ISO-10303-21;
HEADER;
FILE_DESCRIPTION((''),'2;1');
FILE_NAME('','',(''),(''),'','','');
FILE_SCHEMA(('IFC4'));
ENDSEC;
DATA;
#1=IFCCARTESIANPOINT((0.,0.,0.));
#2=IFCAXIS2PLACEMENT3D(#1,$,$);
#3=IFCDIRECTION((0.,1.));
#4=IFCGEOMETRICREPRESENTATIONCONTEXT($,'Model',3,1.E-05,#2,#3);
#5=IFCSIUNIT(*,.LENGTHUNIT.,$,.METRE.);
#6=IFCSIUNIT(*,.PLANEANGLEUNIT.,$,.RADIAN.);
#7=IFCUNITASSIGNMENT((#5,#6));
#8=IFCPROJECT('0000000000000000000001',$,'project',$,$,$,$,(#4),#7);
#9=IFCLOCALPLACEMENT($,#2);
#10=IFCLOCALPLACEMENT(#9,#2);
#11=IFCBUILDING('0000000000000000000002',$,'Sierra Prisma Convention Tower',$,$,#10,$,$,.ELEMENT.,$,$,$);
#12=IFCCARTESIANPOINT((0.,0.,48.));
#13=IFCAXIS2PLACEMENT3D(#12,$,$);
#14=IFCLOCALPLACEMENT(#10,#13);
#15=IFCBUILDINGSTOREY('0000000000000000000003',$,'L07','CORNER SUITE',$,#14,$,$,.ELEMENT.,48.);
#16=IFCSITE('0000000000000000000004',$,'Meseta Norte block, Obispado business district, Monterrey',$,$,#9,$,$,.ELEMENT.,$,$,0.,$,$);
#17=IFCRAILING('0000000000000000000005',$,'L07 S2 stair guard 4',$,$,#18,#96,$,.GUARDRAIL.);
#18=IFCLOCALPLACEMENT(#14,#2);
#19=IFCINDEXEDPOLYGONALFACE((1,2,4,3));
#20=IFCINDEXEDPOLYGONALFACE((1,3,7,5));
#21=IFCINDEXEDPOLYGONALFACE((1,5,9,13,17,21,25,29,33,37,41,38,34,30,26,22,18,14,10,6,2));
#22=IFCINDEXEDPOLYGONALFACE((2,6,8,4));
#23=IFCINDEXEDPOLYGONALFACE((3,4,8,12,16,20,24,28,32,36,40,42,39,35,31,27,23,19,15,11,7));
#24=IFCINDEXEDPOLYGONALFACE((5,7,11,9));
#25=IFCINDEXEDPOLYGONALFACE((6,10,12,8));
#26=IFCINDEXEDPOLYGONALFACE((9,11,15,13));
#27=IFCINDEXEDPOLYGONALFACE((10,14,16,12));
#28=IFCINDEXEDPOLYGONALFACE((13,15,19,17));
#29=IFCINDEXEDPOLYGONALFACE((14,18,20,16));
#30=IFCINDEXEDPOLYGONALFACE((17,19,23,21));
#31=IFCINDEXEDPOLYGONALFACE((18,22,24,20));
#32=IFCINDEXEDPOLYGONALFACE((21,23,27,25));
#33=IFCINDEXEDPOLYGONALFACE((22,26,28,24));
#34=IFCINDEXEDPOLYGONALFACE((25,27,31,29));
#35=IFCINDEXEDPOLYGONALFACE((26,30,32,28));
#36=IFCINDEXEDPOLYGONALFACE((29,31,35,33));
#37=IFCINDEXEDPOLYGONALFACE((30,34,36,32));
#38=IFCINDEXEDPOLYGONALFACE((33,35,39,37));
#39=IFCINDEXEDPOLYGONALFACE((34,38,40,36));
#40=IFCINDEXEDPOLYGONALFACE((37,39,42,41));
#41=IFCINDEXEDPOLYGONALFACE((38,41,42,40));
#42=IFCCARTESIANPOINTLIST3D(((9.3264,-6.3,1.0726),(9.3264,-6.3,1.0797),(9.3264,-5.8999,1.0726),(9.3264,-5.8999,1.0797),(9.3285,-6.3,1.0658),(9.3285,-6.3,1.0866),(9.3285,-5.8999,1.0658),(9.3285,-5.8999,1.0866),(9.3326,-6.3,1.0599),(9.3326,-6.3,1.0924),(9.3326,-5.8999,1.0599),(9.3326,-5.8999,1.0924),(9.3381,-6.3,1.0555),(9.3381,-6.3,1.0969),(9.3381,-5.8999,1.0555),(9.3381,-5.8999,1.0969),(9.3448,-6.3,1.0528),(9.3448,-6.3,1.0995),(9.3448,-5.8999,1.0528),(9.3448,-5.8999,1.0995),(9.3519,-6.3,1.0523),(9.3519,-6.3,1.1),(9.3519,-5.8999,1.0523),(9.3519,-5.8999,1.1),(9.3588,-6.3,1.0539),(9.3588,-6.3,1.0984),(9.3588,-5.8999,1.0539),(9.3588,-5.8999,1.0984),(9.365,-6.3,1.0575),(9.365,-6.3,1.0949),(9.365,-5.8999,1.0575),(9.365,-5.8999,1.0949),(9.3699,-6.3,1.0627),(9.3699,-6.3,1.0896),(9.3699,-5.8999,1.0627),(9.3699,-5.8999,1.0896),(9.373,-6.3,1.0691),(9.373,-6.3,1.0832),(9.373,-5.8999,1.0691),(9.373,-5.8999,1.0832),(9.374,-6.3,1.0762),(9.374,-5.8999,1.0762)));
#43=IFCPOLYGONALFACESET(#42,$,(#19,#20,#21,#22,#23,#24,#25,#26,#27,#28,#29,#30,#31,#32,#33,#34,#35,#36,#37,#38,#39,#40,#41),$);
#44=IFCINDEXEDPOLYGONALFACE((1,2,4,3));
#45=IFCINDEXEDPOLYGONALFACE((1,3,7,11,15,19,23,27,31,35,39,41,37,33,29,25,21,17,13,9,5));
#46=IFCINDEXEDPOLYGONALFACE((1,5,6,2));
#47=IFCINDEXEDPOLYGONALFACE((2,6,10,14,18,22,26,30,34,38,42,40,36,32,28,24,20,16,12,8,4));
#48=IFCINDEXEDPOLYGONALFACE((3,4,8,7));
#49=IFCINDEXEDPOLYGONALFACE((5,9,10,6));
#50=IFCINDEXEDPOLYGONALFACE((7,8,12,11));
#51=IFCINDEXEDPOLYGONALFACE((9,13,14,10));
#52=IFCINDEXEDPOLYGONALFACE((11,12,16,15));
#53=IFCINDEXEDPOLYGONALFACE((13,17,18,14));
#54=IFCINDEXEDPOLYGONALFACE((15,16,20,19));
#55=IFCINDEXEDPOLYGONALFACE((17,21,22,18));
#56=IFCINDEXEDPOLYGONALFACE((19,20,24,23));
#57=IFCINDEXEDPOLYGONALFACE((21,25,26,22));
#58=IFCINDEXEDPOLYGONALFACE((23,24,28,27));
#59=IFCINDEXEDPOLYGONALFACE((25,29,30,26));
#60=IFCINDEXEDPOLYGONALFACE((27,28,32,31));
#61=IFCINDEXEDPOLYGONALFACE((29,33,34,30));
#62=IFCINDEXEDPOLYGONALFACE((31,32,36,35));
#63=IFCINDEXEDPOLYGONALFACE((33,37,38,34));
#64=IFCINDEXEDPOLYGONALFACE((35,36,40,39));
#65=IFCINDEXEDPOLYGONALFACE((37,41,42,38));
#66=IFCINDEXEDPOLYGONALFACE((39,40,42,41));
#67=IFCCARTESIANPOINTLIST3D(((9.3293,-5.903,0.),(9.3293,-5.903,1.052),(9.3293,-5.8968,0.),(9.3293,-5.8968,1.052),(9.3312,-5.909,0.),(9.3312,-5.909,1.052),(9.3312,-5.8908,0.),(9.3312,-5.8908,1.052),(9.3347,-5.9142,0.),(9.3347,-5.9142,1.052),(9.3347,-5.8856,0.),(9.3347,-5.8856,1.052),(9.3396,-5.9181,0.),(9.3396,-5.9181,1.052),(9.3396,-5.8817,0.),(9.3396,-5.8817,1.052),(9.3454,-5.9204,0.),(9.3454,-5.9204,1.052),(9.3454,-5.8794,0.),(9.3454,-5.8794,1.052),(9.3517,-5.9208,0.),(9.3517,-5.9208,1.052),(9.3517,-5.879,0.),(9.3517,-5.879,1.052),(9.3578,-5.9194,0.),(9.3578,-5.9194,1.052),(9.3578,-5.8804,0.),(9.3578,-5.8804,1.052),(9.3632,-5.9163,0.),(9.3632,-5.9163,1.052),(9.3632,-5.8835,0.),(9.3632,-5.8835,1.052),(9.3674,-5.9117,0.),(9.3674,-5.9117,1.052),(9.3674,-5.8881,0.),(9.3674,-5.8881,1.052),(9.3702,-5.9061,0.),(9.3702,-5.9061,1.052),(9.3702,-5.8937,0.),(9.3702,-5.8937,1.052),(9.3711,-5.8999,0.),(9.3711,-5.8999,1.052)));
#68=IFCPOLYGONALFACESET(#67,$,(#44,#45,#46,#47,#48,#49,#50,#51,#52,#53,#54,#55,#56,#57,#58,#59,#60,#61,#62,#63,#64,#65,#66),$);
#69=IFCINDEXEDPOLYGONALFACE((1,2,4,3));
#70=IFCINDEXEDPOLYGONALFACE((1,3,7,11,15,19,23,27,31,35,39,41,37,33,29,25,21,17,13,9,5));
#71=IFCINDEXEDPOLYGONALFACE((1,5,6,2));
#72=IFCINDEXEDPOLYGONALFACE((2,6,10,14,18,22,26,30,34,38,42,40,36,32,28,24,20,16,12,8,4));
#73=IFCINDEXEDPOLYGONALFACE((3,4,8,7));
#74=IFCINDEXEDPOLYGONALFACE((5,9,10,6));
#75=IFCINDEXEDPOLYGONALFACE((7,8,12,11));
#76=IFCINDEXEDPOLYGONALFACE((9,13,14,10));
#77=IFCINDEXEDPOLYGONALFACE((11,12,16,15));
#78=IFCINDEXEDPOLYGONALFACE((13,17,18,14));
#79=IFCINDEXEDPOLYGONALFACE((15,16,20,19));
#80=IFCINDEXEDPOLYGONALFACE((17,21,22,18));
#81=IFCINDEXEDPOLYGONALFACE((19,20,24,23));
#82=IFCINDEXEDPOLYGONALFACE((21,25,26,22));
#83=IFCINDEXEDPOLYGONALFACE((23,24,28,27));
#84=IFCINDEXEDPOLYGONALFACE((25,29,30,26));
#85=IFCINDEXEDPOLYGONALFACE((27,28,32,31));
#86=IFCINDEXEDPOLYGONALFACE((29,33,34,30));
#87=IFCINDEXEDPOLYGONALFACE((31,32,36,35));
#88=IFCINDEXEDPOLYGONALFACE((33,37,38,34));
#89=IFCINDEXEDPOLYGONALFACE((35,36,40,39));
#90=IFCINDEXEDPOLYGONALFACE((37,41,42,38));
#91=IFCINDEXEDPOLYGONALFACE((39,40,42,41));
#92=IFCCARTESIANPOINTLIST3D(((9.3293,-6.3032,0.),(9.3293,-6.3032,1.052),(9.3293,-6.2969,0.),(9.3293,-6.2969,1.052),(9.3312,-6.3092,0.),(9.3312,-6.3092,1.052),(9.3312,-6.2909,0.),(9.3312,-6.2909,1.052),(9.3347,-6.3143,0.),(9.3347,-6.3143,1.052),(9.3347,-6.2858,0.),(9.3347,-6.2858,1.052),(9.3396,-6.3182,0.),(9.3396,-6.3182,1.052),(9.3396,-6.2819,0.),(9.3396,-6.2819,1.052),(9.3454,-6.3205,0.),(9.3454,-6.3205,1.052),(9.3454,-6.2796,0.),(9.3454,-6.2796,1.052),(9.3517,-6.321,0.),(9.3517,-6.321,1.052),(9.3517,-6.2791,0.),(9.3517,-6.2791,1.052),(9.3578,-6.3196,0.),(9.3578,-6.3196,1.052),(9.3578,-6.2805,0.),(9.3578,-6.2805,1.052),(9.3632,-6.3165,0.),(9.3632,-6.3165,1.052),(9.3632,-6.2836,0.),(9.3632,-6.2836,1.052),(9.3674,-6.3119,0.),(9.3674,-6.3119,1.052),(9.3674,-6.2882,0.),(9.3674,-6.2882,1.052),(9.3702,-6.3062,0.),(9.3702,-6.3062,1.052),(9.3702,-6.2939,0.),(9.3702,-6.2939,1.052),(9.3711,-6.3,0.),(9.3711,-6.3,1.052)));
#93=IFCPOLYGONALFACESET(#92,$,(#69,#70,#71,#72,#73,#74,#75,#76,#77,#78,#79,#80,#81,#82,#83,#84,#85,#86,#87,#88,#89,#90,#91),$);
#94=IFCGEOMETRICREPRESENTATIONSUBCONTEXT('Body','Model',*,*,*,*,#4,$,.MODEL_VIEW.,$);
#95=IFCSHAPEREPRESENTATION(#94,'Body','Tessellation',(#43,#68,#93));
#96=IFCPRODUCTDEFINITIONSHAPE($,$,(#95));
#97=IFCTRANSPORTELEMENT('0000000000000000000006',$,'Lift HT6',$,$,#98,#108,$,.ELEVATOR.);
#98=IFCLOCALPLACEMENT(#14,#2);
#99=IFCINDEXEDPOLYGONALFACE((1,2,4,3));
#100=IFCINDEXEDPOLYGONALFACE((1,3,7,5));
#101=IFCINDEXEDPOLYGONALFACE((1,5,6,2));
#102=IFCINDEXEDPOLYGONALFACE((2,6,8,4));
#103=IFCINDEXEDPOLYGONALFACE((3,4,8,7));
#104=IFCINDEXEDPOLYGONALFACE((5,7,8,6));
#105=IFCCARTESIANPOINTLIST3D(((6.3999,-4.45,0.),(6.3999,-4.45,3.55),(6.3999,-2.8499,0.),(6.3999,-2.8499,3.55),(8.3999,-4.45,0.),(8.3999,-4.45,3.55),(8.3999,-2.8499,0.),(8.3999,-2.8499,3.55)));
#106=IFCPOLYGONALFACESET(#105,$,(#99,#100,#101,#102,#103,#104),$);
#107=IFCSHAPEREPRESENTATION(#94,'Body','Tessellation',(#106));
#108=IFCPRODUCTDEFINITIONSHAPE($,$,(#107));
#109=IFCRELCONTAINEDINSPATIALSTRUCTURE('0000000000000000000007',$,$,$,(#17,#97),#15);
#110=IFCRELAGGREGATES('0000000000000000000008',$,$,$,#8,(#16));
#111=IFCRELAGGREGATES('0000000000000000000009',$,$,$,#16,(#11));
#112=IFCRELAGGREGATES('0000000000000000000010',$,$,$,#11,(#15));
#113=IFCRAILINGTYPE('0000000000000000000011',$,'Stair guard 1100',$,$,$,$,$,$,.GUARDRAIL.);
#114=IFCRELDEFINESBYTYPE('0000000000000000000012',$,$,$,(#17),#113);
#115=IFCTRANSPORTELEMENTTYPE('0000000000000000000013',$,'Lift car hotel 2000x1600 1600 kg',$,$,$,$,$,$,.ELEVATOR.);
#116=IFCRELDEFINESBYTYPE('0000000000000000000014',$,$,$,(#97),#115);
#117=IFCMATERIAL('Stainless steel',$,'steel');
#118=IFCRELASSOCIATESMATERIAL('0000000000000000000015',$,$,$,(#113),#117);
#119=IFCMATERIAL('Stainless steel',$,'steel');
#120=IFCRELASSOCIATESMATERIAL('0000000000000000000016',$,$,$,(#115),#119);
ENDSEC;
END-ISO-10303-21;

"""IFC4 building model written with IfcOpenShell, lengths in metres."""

from ifc_helpers import new_model, si_unit, direction, frame, origin, origin_2d, place, context, subcontext, project, spatial, rectangle, circle, extrude, material, type_object, element, save


model = new_model("IFC4")

# Units and contexts
model_context = context("Model", 3, precision=1e-05, world=origin(), true_north=direction((0.0, 1.0)))
body_context = subcontext(model_context, "Body", "Model", "MODEL_VIEW")
ifc_project = project(units=[si_unit("LENGTHUNIT", "METRE"), si_unit("PLANEANGLEUNIT", "RADIAN")], contexts=[model_context])

# Site, building, storey
site_placement = place(None, origin())
site = spatial("IfcSite", under=ifc_project, at=site_placement, Name="Meseta Norte block, Obispado business district, Monterrey", CompositionType="ELEMENT", RefElevation=0.0)
building_placement = place(site_placement, origin())
building = spatial("IfcBuilding", under=site, at=building_placement, Name="Sierra Prisma Convention Tower", CompositionType="ELEMENT")
storey_placement = place(building_placement, frame((0.0, 0.0, 48.0)))
storey = spatial("IfcBuildingStorey", under=building, at=storey_placement, Name="L07", Description="CORNER SUITE", CompositionType="ELEMENT", Elevation=48.0)

# Railing
ifc_material_1 = material(Name="Stainless steel", Category="steel")
railing_type_1 = type_object("IfcRailingType", Name="Stair guard 1100", PredefinedType="GUARDRAIL", material=ifc_material_1)
railing_1_placement = place(storey_placement, frame((9.3501, -5.8999, 0.0)))
element("IfcRailing", 1, at=railing_1_placement, inside=storey, type_object=railing_type_1, Name="L07 S2 stair guard 4", PredefinedType="GUARDRAIL", context=body_context, shape_type="SweptSolid", body=[
    extrude(circle(Radius=0.0239, at=origin_2d()), frame((0.0, 0.0, 1.0762), z_axis=(0.0, -1.0, 0.0), x_axis=(1.0, 0.0, 0.0)), (0.0, 0.0, 1.0), 0.4001),
    extrude(circle(Radius=0.021, at=origin_2d()), origin(), (0.0, 0.0, 1.0), 1.052),
    extrude(circle(Radius=0.021, at=origin_2d()), frame((0.0, -0.4001, 0.0)), (0.0, 0.0, 1.0), 1.052),
])

# Transport element
ifc_material_2 = material(Name="Stainless steel", Category="steel")
transport_element_type = type_object("IfcTransportElementType", Name="Lift car hotel 2000x1600 1600 kg", PredefinedType="ELEVATOR", material=ifc_material_2)
transport_element_placement = place(storey_placement, frame((7.3999, -3.6499, 0.0), z_axis=(0.0, 0.0, 1.0), x_axis=(1.0, 0.0, 0.0)))
element("IfcTransportElement", 2, at=transport_element_placement, inside=storey, type_object=transport_element_type, Name="Lift HT6", PredefinedType="ELEVATOR", context=body_context, shape_type="SweptSolid", body=[
    extrude(rectangle(XDim=2.0, YDim=1.6001, at=origin_2d()), origin(), (0.0, 0.0, 1.0), 3.55),
])

save(model, "model.ifc")
